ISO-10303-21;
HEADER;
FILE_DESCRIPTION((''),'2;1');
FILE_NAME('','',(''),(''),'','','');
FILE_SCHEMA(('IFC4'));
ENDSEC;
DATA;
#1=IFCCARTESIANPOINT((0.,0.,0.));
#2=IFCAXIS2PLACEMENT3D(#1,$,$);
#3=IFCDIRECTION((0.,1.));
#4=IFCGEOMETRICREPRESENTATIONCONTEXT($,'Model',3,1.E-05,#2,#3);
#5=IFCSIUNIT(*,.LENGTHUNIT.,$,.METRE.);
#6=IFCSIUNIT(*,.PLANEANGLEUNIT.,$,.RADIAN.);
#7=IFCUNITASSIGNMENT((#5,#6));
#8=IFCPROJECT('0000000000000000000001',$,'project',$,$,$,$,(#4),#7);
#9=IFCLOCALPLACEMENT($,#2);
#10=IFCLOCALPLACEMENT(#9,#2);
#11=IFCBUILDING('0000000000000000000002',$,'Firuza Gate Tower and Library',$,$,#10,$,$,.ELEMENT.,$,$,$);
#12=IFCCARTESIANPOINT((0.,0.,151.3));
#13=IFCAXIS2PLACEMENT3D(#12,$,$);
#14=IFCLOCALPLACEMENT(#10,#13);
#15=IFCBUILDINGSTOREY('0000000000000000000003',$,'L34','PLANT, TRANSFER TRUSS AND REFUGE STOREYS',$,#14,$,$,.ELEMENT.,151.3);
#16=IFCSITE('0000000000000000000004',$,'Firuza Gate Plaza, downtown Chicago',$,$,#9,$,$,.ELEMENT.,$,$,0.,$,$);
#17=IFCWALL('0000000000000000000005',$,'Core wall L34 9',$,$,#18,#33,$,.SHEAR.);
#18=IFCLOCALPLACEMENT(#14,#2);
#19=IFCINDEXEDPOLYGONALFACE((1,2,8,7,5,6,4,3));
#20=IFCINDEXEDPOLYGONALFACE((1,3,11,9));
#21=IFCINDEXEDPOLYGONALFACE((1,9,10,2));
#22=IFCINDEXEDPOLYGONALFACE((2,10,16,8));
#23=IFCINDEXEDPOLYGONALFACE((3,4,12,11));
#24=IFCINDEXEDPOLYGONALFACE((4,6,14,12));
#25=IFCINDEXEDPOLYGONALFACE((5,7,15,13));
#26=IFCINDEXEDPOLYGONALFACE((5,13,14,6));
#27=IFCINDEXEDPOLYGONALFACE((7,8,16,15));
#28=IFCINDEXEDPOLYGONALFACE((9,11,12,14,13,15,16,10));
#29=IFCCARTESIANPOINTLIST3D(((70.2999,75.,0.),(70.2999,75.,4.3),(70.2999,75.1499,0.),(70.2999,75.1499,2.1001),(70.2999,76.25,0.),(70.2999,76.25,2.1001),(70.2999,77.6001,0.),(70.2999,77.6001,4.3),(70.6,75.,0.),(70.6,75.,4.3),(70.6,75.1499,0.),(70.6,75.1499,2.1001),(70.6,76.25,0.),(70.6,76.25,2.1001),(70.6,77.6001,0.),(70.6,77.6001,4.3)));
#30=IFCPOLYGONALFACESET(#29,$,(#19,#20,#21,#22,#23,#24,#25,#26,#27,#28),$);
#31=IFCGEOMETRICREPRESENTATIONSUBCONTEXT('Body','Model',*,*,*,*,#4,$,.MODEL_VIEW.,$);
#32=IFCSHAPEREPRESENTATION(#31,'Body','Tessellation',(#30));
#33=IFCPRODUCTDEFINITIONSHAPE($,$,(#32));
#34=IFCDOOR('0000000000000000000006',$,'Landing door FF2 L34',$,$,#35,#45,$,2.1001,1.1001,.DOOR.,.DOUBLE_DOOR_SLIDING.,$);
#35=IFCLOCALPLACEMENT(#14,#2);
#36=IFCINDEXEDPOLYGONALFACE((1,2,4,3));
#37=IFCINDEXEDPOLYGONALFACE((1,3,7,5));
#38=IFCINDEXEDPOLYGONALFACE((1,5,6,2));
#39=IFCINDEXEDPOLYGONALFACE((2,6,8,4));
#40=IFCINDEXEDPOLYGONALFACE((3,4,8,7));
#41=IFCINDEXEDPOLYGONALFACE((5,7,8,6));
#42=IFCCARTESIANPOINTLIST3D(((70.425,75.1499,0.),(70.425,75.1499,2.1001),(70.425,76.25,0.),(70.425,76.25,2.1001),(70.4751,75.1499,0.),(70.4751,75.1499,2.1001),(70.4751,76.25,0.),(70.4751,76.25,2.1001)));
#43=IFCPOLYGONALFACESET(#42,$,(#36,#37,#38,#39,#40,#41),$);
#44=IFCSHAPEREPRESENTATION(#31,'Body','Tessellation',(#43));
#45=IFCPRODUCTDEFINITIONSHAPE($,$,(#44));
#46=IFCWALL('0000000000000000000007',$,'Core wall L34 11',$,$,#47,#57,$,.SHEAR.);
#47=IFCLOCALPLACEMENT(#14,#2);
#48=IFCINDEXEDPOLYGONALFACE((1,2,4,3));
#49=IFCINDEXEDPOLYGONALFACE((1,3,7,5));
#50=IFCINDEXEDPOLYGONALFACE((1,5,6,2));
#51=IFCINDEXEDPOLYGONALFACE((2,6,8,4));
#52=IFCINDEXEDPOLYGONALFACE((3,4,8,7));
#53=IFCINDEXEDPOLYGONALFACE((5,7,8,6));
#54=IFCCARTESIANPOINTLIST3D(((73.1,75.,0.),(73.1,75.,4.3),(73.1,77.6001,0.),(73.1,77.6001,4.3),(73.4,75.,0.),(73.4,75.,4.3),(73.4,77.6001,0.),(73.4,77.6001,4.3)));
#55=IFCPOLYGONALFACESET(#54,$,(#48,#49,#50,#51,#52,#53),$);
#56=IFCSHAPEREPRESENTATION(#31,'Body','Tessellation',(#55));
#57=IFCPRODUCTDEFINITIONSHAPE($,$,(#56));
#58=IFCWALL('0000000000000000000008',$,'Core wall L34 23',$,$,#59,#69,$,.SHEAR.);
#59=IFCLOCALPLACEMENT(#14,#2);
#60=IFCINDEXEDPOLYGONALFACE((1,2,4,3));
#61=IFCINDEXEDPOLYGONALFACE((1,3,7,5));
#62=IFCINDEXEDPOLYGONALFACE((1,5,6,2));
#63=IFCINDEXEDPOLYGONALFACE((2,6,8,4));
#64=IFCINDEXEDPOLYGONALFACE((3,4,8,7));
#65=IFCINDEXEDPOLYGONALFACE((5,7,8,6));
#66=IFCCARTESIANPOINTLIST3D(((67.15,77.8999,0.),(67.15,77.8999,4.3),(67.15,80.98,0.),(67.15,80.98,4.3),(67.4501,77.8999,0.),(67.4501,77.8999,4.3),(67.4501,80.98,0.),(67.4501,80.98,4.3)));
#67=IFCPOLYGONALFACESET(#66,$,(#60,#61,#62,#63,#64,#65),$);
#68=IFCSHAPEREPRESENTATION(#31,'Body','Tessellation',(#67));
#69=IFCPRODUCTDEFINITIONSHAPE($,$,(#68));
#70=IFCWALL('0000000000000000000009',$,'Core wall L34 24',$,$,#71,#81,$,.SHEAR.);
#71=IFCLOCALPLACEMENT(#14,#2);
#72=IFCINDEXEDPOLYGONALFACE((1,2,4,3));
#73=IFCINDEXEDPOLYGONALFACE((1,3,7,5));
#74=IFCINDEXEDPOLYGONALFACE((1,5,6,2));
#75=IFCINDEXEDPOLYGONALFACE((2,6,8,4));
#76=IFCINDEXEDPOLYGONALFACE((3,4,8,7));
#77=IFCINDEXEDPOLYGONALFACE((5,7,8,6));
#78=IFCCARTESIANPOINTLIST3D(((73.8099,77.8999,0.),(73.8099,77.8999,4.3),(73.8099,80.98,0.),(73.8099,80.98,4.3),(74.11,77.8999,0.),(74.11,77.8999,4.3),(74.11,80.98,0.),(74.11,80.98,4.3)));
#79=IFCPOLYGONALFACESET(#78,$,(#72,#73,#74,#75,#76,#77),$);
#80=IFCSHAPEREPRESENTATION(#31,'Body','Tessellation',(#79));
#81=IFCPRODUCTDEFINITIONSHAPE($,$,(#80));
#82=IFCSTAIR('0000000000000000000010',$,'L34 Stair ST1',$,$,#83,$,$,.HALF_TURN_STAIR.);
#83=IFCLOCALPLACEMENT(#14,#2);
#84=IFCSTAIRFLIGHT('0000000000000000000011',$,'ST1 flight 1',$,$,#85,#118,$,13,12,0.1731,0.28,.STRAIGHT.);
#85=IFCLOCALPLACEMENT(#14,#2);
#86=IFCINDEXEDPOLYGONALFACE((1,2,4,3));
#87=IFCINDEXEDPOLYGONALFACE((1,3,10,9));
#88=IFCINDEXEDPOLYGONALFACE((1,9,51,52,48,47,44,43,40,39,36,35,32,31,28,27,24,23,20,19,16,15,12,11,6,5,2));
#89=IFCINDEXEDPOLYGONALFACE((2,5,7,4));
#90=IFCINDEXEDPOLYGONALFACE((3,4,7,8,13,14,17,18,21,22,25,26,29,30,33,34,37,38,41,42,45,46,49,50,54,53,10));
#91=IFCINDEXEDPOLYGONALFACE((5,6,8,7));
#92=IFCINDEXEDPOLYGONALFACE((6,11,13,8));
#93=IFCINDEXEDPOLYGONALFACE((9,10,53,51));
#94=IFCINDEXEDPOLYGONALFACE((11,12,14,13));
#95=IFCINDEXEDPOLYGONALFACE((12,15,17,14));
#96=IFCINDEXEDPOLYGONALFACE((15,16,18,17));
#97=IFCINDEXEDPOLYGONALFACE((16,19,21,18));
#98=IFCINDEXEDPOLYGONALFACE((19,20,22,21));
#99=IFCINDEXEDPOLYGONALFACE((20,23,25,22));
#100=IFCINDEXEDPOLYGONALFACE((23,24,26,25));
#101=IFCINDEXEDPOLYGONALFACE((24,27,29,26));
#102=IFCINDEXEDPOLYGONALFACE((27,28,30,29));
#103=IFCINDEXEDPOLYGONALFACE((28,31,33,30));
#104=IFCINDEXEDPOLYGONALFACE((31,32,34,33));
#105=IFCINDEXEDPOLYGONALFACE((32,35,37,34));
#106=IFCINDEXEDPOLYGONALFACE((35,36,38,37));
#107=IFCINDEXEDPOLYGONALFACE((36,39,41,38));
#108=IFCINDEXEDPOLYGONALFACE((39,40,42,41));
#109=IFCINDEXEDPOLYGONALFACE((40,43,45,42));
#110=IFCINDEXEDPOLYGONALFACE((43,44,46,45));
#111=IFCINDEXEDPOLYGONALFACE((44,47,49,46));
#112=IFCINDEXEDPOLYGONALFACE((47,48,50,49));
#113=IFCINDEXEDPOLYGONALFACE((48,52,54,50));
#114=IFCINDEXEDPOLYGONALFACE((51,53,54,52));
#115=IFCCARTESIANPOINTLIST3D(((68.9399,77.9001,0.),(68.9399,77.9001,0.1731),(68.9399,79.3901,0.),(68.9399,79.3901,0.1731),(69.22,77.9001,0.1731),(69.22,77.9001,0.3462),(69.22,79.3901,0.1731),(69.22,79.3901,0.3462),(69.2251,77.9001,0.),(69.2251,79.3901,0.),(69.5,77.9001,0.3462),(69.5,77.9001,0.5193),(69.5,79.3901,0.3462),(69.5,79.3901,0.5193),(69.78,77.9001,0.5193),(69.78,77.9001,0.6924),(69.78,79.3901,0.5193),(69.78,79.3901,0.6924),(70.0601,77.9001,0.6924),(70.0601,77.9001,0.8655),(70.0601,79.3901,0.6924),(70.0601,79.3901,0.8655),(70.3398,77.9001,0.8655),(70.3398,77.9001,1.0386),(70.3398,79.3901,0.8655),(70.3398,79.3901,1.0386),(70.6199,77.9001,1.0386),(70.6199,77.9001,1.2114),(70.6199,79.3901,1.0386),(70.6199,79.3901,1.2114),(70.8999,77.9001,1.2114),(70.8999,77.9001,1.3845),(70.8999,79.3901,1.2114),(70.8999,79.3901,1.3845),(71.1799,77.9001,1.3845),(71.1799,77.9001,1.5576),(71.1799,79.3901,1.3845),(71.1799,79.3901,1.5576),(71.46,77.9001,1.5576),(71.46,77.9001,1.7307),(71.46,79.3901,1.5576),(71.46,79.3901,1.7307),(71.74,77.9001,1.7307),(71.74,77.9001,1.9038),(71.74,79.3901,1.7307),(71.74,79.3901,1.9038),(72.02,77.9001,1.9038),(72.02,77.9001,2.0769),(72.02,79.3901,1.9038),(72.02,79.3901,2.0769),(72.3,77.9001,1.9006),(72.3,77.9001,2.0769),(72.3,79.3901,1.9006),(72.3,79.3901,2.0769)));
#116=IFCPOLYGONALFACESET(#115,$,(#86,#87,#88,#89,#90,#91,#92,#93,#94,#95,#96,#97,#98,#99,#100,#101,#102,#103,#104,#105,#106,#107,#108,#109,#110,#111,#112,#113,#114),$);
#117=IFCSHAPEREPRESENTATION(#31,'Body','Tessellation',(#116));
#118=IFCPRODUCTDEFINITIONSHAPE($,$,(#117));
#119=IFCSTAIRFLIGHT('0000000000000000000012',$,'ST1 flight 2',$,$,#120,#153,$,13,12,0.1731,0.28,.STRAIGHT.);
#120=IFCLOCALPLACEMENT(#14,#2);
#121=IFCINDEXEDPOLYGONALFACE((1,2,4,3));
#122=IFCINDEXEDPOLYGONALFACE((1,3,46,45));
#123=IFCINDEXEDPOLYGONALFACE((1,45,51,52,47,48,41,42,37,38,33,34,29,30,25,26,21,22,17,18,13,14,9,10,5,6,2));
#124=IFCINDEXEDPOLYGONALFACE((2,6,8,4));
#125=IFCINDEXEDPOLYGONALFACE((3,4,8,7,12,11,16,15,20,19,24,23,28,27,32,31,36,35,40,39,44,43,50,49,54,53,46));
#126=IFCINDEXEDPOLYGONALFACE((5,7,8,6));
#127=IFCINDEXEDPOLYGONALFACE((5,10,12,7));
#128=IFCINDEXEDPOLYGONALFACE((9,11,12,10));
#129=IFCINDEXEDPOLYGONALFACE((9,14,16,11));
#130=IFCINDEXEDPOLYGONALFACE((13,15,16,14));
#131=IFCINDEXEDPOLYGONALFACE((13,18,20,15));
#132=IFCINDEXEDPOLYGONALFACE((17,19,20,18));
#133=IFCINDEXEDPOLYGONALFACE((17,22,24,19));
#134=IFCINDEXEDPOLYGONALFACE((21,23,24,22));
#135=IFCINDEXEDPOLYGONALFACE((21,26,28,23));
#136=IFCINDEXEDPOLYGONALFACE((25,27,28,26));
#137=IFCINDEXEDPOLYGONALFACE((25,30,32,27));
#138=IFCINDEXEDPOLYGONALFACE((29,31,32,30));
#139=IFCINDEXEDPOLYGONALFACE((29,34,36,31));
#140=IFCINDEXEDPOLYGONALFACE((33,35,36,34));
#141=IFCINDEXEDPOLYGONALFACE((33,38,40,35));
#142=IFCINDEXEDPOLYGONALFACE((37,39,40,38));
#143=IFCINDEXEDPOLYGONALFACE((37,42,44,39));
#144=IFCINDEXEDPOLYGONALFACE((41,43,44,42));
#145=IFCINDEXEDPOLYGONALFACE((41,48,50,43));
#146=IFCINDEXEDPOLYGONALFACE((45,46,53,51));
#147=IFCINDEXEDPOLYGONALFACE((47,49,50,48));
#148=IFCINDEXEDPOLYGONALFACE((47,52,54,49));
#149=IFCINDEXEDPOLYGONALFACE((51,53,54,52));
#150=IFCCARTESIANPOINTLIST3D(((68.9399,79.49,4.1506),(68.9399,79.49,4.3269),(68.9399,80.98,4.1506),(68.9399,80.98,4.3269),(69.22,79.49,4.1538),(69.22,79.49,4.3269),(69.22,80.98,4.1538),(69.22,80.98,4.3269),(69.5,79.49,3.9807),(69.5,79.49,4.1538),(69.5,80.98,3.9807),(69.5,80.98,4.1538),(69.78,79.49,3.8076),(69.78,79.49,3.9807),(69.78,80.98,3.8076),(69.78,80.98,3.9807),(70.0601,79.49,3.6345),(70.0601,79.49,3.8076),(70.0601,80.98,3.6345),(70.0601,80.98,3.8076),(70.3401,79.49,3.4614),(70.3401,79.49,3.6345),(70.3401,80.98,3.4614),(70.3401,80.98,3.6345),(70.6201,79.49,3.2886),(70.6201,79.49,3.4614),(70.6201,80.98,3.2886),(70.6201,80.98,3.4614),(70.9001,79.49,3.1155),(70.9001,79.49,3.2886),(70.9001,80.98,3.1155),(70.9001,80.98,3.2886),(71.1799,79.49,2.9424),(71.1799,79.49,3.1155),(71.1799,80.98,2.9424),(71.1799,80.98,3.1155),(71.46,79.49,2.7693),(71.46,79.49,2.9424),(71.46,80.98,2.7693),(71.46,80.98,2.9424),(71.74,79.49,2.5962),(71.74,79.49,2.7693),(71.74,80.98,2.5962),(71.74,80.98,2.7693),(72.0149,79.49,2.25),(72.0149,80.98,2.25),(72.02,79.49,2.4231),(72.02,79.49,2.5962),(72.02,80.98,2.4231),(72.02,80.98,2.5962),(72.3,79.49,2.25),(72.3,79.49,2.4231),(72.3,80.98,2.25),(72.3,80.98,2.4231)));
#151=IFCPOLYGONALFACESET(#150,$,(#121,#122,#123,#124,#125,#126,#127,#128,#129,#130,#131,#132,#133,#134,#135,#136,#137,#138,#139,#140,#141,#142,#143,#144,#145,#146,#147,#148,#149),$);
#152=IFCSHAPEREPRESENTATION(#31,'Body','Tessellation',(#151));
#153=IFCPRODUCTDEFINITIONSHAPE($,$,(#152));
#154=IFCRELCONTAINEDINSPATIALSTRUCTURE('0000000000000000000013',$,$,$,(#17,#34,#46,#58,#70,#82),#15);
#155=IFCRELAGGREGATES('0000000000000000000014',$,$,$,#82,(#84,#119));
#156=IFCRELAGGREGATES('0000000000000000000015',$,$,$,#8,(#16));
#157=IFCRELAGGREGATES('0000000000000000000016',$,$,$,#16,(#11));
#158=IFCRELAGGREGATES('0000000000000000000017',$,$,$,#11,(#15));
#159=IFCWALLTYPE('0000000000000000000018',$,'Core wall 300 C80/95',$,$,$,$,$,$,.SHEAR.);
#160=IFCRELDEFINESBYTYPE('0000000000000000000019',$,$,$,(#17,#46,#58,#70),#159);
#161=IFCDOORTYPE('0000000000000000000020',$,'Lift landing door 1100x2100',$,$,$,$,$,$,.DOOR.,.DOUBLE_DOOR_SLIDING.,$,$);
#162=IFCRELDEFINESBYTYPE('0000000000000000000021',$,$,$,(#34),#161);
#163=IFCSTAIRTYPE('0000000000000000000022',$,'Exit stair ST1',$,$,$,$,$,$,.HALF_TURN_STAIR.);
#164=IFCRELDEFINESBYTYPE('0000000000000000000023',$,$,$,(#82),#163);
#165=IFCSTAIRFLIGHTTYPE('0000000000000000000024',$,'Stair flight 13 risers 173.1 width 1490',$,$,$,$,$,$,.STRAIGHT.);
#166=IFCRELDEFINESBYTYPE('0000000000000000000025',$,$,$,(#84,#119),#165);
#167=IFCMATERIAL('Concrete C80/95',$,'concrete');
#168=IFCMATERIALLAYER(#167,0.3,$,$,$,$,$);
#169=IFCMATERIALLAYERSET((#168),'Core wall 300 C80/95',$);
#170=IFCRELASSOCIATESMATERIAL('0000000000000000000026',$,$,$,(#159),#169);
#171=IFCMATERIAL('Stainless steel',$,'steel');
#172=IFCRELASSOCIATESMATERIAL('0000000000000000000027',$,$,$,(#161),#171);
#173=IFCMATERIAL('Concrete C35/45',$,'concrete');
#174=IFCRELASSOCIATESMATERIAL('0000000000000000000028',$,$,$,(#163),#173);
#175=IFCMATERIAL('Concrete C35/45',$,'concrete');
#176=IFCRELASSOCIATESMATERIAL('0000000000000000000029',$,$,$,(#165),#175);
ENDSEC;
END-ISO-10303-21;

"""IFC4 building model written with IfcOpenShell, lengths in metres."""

from ifc_helpers import new_model, si_unit, direction, frame, frame_2d, origin, place, context, subcontext, project, spatial, polyline, rectangle, outline, extrude, material, layer, layer_set, type_object, element, fill, aggregate, save


model = new_model("IFC4")

# Units and contexts
model_context = context("Model", 3, precision=1e-05, world=origin(), true_north=direction((0.0, 1.0)))
body_context = subcontext(model_context, "Body", "Model", "MODEL_VIEW")
ifc_project = project(units=[si_unit("LENGTHUNIT", "METRE"), si_unit("PLANEANGLEUNIT", "RADIAN")], contexts=[model_context])

# Site, building, storey
site_placement = place(None, origin())
site = spatial("IfcSite", under=ifc_project, at=site_placement, Name="Firuza Gate Plaza, downtown Chicago", CompositionType="ELEMENT", RefElevation=0.0)
building_placement = place(site_placement, origin())
building = spatial("IfcBuilding", under=site, at=building_placement, Name="Firuza Gate Tower and Library", CompositionType="ELEMENT")
storey_placement = place(building_placement, frame((0.0, 0.0, 151.3)))
storey = spatial("IfcBuildingStorey", under=building, at=storey_placement, Name="L34", Description="PLANT, TRANSFER TRUSS AND REFUGE STOREYS", CompositionType="ELEMENT", Elevation=151.3)

# Shared definitions
ifc_material_1 = material(Name="Concrete C80/95", Category="concrete")
ifc_layer_1 = layer(ifc_material_1, 0.3)
ifc_layer_set_1 = layer_set([ifc_layer_1], Name="Core wall 300 C80/95")
wall_type_1 = type_object("IfcWallType", Name="Core wall 300 C80/95", PredefinedType="SHEAR", material=ifc_layer_set_1)
ifc_material_2 = material(Name="Stainless steel", Category="steel")
door_type_1 = type_object("IfcDoorType", Name="Lift landing door 1100x2100", OperationType="DOUBLE_DOOR_SLIDING", PredefinedType="DOOR", material=ifc_material_2)

# Wall, opening, door
wall_1_placement = place(storey_placement, frame((70.45, 75.0, 0.0), z_axis=(0.0, 0.0, 1.0), x_axis=(0.0, 1.0, 0.0)))
wall_1 = element("IfcWall", 1, at=wall_1_placement, inside=storey, type_object=wall_type_1, Name="Core wall L34 9", PredefinedType="SHEAR", context=body_context, shape_type="SweptSolid", body=[
    extrude(rectangle(XDim=2.6001, YDim=0.3, at=frame_2d((1.3, 0.0))), origin(), (0.0, 0.0, 1.0), 4.3),
])
opening_1_placement = place(wall_1_placement, frame((0.1499, 0.0, 0.0)))
opening_1 = element("IfcOpeningElement", 2, at=opening_1_placement, cuts=wall_1, PredefinedType="OPENING", context=body_context, shape_type="SweptSolid", body=[
    extrude(rectangle(XDim=1.1001, YDim=2.1001, at=frame_2d((0.55, 1.05))), frame((0.0, 0.1602, 0.0), z_axis=(0.0, -1.0, 0.0), x_axis=(1.0, 0.0, 0.0)), (0.0, 0.0, 1.0), 0.3201),
])
door_1_placement = place(opening_1_placement, origin())
door_1 = element("IfcDoor", 3, at=door_1_placement, inside=storey, type_object=door_type_1, Name="Landing door FF2 L34", OperationType="DOUBLE_DOOR_SLIDING", OverallHeight=2.1001, OverallWidth=1.1001, PredefinedType="DOOR", context=body_context, shape_type="SweptSolid", body=[
    extrude(rectangle(XDim=1.1001, YDim=2.1001, at=frame_2d((0.55, 1.05))), frame((0.0, 0.0249, 0.0), z_axis=(0.0, -1.0, 0.0), x_axis=(1.0, 0.0, 0.0)), (0.0, 0.0, 1.0), 0.05),
])
fill(opening_1, door_1)

# Walls
wall_2_placement = place(storey_placement, frame((73.25, 75.0, 0.0), z_axis=(0.0, 0.0, 1.0), x_axis=(0.0, 1.0, 0.0)))
element("IfcWall", 4, at=wall_2_placement, inside=storey, type_object=wall_type_1, Name="Core wall L34 11", PredefinedType="SHEAR", context=body_context, shape_type="SweptSolid", body=[
    extrude(rectangle(XDim=2.6001, YDim=0.3, at=frame_2d((1.3, 0.0))), origin(), (0.0, 0.0, 1.0), 4.3),
])
for number, where, z_axis, x_axis, name in (
    (5, (67.3, 77.8999, 0.0), (0.0, 0.0, 1.0), (0.0, 1.0, 0.0), "Core wall L34 23"),
    (6, (73.96, 77.8999, 0.0), (0.0, 0.0, 1.0), (0.0, 1.0, 0.0), "Core wall L34 24"),
):
    element("IfcWall", number, at=place(storey_placement, frame(where, z_axis=z_axis, x_axis=x_axis)), inside=storey, type_object=wall_type_1, Name=name, PredefinedType="SHEAR", context=body_context, shape_type="SweptSolid", body=[
        extrude(rectangle(XDim=3.0801, YDim=0.3, at=frame_2d((1.54, 0.0))), origin(), (0.0, 0.0, 1.0), 4.3),
    ])

# Stair, stair flights
ifc_material_3 = material(Name="Concrete C35/45", Category="concrete")
stair_type = type_object("IfcStairType", Name="Exit stair ST1", PredefinedType="HALF_TURN_STAIR", material=ifc_material_3)
stair_placement = place(storey_placement, origin())
stair = element("IfcStair", 7, at=stair_placement, inside=storey, type_object=stair_type, Name="L34 Stair ST1", PredefinedType="HALF_TURN_STAIR")
ifc_material_4 = material(Name="Concrete C35/45", Category="concrete")
stair_flight_type = type_object("IfcStairFlightType", Name="Stair flight 13 risers 173.1 width 1490", PredefinedType="STRAIGHT", material=ifc_material_4)
stair_flight_1_placement = place(storey_placement, frame((68.9399, 78.645, 0.0), z_axis=(0.0, 0.0, 1.0), x_axis=(1.0, 0.0, 0.0)))
stair_flight_1 = element("IfcStairFlight", 8, at=stair_flight_1_placement, type_object=stair_flight_type, Name="ST1 flight 1", NumberOfRisers=13, NumberOfTreads=12, PredefinedType="STRAIGHT", RiserHeight=0.1731, TreadLength=0.28, context=body_context, shape_type="SweptSolid", body=[
    extrude(outline(polyline([(0.0, 0.0), (0.0, 0.1731), (0.28, 0.1731), (0.28, 0.3462), (0.5601, 0.3462), (0.5601, 0.5193), (0.8401, 0.5193), (0.8401, 0.6924), (1.1201, 0.6924), (1.1201, 0.8655), (1.3999, 0.8655), (1.3999, 1.0386), (1.6799, 1.0386), (1.6799, 1.2114), (1.96, 1.2114), (1.96, 1.3845), (2.24, 1.3845), (2.24, 1.5576), (2.52, 1.5576), (2.52, 1.7307), (2.8, 1.7307), (2.8, 1.9038), (3.0801, 1.9038), (3.0801, 2.0769), (3.3601, 2.0769), (3.3601, 2.25), (3.3601, 1.9006), (0.2852, 0.0), (0.0, 0.0)])), frame((0.0, 0.7451, 0.0), z_axis=(0.0, -1.0, 0.0), x_axis=(1.0, 0.0, 0.0)), (0.0, 0.0, 1.0), 1.49),
])
stair_flight_2_placement = place(storey_placement, frame((72.3, 80.2351, 2.25), z_axis=(0.0, 0.0, 1.0), x_axis=(-1.0, 0.0, 0.0)))
stair_flight_2 = element("IfcStairFlight", 9, at=stair_flight_2_placement, type_object=stair_flight_type, Name="ST1 flight 2", NumberOfRisers=13, NumberOfTreads=12, PredefinedType="STRAIGHT", RiserHeight=0.1731, TreadLength=0.28, context=body_context, shape_type="SweptSolid", body=[
    extrude(outline(polyline([(0.0, 0.0), (0.0, 0.1731), (0.28, 0.1731), (0.28, 0.3462), (0.5601, 0.3462), (0.5601, 0.5193), (0.8401, 0.5193), (0.8401, 0.6924), (1.1201, 0.6924), (1.1201, 0.8655), (1.3999, 0.8655), (1.3999, 1.0386), (1.6799, 1.0386), (1.6799, 1.2114), (1.96, 1.2114), (1.96, 1.3845), (2.24, 1.3845), (2.24, 1.5576), (2.52, 1.5576), (2.52, 1.7307), (2.8, 1.7307), (2.8, 1.9038), (3.0801, 1.9038), (3.0801, 2.0769), (3.3601, 2.0769), (3.3601, 2.25), (3.3601, 1.9006), (0.2852, 0.0), (0.0, 0.0)])), frame((0.0, 0.7451, 0.0), z_axis=(0.0, -1.0, 0.0), x_axis=(1.0, 0.0, 0.0)), (0.0, 0.0, 1.0), 1.49),
])
aggregate(stair, [stair_flight_1, stair_flight_2])

save(model, "model.ifc")
